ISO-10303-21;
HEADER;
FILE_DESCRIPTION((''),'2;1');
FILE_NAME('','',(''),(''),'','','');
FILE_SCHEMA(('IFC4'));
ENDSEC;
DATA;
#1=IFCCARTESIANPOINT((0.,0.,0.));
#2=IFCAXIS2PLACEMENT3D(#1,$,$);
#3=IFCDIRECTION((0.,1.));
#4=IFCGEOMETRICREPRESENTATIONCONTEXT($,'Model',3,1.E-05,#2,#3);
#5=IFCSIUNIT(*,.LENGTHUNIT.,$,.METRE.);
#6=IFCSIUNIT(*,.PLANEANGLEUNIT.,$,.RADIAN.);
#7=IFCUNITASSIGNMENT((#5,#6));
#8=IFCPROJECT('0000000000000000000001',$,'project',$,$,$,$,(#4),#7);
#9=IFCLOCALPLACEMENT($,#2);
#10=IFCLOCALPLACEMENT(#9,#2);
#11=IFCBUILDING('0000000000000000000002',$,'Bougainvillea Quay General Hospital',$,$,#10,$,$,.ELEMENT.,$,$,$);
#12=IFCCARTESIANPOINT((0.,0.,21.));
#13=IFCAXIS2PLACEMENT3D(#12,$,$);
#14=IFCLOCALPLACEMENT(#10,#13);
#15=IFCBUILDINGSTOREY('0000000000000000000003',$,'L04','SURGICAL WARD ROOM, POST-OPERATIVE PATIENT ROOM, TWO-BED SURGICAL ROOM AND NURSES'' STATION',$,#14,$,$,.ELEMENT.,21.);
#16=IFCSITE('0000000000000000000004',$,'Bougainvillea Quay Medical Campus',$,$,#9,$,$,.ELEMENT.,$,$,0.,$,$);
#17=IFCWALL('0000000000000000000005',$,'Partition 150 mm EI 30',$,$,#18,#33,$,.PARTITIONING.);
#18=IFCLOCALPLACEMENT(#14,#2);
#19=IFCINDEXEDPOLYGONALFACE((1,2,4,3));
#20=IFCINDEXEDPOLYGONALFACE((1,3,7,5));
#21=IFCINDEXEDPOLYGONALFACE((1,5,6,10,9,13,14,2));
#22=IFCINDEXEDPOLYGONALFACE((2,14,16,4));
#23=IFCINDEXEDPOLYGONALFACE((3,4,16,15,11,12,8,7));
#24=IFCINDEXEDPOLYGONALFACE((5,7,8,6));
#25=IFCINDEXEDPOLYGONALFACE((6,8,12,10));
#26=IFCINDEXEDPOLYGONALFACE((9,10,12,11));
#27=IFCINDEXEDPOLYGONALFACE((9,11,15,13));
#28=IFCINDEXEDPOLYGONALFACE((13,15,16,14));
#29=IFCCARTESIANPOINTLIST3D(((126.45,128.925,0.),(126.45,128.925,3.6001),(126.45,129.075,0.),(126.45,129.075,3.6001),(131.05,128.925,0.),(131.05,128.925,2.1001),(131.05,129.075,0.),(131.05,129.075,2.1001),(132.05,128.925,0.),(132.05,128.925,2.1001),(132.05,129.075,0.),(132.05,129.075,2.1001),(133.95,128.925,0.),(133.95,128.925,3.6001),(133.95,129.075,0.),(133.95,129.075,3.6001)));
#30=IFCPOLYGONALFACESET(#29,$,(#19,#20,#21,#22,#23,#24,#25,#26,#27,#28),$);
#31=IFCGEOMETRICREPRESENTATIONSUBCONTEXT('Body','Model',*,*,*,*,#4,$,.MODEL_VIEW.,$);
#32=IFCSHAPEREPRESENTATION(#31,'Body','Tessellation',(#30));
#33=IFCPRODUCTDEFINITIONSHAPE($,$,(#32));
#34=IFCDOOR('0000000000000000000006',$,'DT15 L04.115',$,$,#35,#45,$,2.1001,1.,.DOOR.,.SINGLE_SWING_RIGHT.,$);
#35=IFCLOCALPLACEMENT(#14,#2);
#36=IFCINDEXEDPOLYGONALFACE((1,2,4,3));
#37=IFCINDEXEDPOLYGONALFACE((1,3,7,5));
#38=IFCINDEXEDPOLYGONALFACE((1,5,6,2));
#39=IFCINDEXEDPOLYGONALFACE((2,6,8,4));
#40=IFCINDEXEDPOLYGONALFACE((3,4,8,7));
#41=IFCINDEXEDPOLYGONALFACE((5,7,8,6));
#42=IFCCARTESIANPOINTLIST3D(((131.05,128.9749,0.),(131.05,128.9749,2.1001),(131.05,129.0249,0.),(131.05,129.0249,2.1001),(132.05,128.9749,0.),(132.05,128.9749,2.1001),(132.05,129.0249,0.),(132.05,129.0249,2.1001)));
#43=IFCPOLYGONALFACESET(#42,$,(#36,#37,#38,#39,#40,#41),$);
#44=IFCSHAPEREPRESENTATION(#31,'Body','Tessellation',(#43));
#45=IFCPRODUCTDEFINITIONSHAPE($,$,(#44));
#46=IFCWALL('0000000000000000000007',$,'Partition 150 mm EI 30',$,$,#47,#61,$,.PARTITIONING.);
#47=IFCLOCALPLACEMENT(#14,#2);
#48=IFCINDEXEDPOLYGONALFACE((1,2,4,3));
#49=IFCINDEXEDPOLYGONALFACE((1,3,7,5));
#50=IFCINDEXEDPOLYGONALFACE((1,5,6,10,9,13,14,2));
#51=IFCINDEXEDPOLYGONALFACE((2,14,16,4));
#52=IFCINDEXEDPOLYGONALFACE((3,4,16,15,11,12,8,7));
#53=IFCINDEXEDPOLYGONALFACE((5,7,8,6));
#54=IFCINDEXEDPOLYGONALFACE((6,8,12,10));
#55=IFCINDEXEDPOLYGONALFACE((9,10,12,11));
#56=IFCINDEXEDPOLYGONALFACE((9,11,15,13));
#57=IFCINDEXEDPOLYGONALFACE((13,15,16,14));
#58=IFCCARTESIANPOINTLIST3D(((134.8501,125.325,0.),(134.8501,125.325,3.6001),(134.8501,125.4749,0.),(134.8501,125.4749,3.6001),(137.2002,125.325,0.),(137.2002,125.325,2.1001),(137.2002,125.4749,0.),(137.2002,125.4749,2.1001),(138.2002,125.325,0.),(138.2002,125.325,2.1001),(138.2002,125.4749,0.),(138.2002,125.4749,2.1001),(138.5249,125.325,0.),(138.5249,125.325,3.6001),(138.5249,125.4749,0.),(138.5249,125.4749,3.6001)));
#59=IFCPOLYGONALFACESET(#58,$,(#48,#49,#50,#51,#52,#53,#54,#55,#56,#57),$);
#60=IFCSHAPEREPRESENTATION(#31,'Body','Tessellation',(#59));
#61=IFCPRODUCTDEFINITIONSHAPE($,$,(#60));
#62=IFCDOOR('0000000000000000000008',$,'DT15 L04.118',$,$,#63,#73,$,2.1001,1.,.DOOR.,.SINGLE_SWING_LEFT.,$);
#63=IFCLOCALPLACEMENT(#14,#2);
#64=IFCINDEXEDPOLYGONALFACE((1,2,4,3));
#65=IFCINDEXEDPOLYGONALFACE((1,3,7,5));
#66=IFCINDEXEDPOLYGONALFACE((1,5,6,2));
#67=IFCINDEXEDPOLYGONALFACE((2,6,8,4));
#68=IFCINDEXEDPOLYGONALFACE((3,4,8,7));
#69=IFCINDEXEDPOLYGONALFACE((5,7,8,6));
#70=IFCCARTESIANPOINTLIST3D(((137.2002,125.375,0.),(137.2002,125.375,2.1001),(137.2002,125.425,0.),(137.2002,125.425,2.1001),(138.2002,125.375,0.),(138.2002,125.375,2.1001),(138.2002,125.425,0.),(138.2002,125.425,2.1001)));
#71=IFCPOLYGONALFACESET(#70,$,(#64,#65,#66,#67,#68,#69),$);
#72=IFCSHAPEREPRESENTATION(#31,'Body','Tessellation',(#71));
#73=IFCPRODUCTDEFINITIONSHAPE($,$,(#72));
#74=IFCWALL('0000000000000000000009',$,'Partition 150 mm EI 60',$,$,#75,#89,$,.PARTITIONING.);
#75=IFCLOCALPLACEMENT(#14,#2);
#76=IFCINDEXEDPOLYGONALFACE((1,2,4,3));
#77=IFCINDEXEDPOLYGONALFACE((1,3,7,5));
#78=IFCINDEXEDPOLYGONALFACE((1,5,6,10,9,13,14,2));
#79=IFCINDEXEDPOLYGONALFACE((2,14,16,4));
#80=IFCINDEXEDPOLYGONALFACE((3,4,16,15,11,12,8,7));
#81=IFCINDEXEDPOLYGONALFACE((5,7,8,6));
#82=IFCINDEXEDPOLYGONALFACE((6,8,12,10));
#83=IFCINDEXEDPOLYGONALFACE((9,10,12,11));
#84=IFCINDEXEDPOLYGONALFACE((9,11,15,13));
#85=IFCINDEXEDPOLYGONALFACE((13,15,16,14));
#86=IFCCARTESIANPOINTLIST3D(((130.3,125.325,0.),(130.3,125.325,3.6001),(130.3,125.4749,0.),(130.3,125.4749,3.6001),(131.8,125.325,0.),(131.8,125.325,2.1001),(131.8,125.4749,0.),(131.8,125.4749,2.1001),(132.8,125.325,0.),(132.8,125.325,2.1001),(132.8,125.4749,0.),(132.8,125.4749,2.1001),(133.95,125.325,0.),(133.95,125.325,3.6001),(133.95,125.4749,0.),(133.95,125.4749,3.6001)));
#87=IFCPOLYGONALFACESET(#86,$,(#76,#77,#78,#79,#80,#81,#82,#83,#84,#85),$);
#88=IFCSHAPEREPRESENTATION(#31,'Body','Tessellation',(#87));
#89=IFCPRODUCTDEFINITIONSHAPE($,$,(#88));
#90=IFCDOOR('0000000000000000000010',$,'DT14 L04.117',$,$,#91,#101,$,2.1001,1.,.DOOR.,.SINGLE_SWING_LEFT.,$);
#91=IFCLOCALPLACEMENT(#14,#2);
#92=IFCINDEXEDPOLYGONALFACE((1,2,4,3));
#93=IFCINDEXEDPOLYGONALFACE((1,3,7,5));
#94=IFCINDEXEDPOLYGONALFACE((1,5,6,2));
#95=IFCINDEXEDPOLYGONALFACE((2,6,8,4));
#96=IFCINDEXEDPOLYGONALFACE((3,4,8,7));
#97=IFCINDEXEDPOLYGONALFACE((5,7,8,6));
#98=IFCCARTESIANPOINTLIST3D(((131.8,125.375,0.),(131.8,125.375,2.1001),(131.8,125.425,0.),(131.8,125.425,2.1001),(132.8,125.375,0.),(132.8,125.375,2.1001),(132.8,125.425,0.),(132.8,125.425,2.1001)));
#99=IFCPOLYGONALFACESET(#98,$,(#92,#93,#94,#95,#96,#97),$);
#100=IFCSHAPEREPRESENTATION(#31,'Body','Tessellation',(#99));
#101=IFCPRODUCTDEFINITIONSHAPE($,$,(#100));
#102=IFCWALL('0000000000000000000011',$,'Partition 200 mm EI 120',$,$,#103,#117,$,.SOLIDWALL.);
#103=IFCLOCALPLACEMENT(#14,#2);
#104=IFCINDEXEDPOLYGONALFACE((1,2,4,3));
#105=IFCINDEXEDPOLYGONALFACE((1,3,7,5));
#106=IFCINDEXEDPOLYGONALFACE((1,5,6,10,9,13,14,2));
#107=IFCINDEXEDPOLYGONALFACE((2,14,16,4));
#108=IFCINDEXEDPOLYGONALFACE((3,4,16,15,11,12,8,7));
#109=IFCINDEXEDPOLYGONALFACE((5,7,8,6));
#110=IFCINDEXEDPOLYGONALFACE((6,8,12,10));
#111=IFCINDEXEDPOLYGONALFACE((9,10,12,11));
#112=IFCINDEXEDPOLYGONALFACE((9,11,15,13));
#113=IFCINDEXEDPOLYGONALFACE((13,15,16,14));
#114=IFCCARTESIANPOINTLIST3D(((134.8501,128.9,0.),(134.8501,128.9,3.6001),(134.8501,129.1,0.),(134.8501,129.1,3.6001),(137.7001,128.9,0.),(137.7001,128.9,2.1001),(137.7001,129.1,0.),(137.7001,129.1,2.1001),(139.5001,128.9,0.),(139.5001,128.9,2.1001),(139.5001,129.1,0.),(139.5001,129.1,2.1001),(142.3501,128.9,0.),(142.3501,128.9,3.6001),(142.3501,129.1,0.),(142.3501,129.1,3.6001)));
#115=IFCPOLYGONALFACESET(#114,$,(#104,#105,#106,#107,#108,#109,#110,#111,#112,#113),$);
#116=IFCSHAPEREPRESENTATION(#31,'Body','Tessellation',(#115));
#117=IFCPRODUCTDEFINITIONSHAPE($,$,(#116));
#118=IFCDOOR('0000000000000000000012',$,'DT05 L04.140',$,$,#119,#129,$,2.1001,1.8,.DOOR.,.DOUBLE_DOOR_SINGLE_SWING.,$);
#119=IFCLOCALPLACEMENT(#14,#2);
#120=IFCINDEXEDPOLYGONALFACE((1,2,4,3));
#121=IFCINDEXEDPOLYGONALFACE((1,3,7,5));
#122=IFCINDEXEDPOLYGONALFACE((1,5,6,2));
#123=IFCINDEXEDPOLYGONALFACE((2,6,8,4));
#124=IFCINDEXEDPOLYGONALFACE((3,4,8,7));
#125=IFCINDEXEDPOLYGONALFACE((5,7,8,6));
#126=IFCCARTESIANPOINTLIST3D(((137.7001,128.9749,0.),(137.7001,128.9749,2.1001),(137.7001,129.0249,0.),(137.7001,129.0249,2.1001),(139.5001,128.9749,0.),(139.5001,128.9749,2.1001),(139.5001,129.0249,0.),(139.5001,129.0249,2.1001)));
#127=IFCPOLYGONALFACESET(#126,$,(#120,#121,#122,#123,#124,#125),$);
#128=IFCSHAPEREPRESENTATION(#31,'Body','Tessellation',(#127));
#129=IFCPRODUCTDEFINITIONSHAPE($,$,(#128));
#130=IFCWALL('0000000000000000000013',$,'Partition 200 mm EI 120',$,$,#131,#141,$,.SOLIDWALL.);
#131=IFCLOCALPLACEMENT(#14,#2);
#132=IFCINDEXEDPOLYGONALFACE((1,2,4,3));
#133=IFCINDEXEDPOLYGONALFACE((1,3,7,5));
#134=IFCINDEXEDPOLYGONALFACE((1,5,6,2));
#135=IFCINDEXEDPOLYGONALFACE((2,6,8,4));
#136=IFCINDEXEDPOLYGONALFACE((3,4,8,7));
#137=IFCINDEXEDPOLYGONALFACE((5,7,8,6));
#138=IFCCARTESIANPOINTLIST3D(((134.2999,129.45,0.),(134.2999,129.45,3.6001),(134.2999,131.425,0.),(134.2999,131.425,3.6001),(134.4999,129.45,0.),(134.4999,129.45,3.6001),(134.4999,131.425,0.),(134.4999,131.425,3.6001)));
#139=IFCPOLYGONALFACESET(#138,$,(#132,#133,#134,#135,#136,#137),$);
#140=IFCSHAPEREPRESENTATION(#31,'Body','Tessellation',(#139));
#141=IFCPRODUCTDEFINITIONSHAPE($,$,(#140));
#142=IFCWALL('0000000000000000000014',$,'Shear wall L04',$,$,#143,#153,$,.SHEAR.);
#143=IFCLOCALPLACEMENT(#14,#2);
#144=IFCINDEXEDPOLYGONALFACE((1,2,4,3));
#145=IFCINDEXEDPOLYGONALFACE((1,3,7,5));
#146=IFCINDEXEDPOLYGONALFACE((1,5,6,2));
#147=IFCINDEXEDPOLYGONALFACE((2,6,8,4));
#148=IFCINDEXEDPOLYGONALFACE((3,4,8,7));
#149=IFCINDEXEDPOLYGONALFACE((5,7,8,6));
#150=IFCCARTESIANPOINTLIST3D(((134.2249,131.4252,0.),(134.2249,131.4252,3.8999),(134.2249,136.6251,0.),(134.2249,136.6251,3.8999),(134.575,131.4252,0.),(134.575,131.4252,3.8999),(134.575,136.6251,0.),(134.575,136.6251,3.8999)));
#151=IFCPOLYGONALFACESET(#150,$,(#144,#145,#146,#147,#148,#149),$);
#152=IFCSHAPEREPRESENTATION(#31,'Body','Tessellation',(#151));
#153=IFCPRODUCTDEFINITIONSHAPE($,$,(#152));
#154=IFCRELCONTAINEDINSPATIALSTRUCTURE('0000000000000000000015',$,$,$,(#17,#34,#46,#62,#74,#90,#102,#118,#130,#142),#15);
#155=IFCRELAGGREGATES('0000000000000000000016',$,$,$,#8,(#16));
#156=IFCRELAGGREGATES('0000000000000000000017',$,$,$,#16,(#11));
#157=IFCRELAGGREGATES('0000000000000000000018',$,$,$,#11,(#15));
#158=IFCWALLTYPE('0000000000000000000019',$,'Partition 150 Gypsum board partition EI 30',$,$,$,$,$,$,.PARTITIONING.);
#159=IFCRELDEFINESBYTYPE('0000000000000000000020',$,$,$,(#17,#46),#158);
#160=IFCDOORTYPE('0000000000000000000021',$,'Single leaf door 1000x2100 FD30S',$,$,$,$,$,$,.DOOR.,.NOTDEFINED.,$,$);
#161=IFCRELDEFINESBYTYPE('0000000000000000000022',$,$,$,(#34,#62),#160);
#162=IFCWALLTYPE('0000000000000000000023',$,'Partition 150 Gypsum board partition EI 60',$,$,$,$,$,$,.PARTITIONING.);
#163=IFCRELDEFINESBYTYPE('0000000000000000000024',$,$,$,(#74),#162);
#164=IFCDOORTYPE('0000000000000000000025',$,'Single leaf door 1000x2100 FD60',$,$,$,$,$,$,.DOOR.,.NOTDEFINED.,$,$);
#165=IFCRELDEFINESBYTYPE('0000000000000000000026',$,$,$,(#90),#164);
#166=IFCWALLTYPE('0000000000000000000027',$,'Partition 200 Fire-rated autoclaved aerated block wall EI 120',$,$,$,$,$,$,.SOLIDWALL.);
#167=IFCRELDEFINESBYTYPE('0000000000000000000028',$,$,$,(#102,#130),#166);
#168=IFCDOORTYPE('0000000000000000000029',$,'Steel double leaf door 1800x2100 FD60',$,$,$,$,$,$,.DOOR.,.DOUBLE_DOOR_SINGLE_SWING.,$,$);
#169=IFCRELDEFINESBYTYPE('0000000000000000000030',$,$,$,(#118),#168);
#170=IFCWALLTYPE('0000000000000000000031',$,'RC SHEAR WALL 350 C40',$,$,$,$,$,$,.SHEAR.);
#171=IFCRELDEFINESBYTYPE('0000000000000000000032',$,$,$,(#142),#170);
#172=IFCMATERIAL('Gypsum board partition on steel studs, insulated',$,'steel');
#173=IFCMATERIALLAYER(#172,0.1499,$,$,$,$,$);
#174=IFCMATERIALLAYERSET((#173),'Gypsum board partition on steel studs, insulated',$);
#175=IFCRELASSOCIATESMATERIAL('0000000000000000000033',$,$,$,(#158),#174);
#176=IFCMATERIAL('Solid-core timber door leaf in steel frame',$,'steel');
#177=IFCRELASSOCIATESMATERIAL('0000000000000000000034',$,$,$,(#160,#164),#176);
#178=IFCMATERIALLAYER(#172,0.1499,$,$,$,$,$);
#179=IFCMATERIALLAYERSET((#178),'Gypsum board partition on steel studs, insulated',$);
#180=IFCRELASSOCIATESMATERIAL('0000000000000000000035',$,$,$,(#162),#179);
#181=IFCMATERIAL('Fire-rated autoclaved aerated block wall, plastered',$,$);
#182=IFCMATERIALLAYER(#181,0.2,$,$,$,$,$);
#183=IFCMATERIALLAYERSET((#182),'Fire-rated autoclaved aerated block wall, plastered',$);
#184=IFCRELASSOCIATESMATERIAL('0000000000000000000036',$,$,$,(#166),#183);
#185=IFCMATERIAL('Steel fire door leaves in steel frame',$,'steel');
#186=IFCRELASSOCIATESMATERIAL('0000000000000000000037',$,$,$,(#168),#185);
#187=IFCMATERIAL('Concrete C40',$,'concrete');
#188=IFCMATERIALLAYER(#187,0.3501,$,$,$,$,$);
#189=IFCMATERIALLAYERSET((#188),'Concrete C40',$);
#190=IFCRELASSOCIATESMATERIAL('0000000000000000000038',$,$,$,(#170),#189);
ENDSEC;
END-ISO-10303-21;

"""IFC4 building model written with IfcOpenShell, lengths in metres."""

from ifc_helpers import new_model, si_unit, direction, frame, frame_2d, origin, place, context, subcontext, project, spatial, rectangle, extrude, material, layer, layer_set, type_object, element, fill, save


model = new_model("IFC4")

# Units and contexts
model_context = context("Model", 3, precision=1e-05, world=origin(), true_north=direction((0.0, 1.0)))
body_context = subcontext(model_context, "Body", "Model", "MODEL_VIEW")
ifc_project = project(units=[si_unit("LENGTHUNIT", "METRE"), si_unit("PLANEANGLEUNIT", "RADIAN")], contexts=[model_context])

# Site, building, storey
site_placement = place(None, origin())
site = spatial("IfcSite", under=ifc_project, at=site_placement, Name="Bougainvillea Quay Medical Campus", CompositionType="ELEMENT", RefElevation=0.0)
building_placement = place(site_placement, origin())
building = spatial("IfcBuilding", under=site, at=building_placement, Name="Bougainvillea Quay General Hospital", CompositionType="ELEMENT")
storey_placement = place(building_placement, frame((0.0, 0.0, 21.0)))
storey = spatial("IfcBuildingStorey", under=building, at=storey_placement, Name="L04", Description="SURGICAL WARD ROOM, POST-OPERATIVE PATIENT ROOM, TWO-BED SURGICAL ROOM AND NURSES' STATION", CompositionType="ELEMENT", Elevation=21.0)

# Shared definitions
ifc_material_1 = material(Name="Concrete C40", Category="concrete")

# Walls, openings, doors
ifc_material_2 = material(Name="Gypsum board partition on steel studs, insulated", Category="steel")
ifc_material_3 = material(Name="Solid-core timber door leaf in steel frame", Category="steel")
ifc_layer_1 = layer(ifc_material_2, 0.1499)
ifc_layer_set_1 = layer_set([ifc_layer_1], Name="Gypsum board partition on steel studs, insulated")
wall_type_1 = type_object("IfcWallType", Name="Partition 150 Gypsum board partition EI 30", PredefinedType="PARTITIONING", material=ifc_layer_set_1)
wall_1_placement = place(storey_placement, frame((133.95, 129.0, 0.0), z_axis=(0.0, 0.0, 1.0), x_axis=(-1.0, 0.0, 0.0)))
wall_1 = element("IfcWall", 1, at=wall_1_placement, inside=storey, type_object=wall_type_1, Name="Partition 150 mm EI 30", PredefinedType="PARTITIONING", context=body_context, shape_type="SweptSolid", body=[
    extrude(rectangle(XDim=7.5, YDim=0.1499, at=frame_2d((3.75, 0.0))), origin(), (0.0, 0.0, 1.0), 3.6001),
])
opening_1_placement = place(wall_1_placement, frame((1.8999, 0.0, 0.0)))
opening_1 = element("IfcOpeningElement", 2, at=opening_1_placement, cuts=wall_1, PredefinedType="OPENING", context=body_context, shape_type="SweptSolid", body=[
    extrude(rectangle(XDim=1.0, YDim=2.1001, at=frame_2d((0.5, 1.05))), frame((0.0, 0.085, 0.0), z_axis=(0.0, -1.0, 0.0), x_axis=(1.0, 0.0, 0.0)), (0.0, 0.0, 1.0), 0.1699),
])
door_type_1 = type_object("IfcDoorType", Name="Single leaf door 1000x2100 FD30S", OperationType="NOTDEFINED", PredefinedType="DOOR", material=ifc_material_3)
door_1_placement = place(opening_1_placement, frame((1.0, 0.0, 0.0), z_axis=(0.0, 0.0, 1.0), x_axis=(-1.0, 0.0, 0.0)))
door_1 = element("IfcDoor", 3, at=door_1_placement, inside=storey, type_object=door_type_1, Name="DT15 L04.115", OperationType="SINGLE_SWING_RIGHT", OverallHeight=2.1001, OverallWidth=1.0, PredefinedType="DOOR", context=body_context, shape_type="SweptSolid", body=[
    extrude(rectangle(XDim=1.0, YDim=2.1001, at=frame_2d((0.5, 1.05))), frame((0.0, 0.0249, 0.0), z_axis=(0.0, -1.0, 0.0), x_axis=(1.0, 0.0, 0.0)), (0.0, 0.0, 1.0), 0.05),
])
fill(opening_1, door_1)
wall_2_placement = place(storey_placement, frame((134.8501, 125.3999, 0.0), z_axis=(0.0, 0.0, 1.0), x_axis=(1.0, 0.0, 0.0)))
wall_2 = element("IfcWall", 4, at=wall_2_placement, inside=storey, type_object=wall_type_1, Name="Partition 150 mm EI 30", PredefinedType="PARTITIONING", context=body_context, shape_type="SweptSolid", body=[
    extrude(rectangle(XDim=3.6748, YDim=0.1499, at=frame_2d((1.8374, 0.0))), origin(), (0.0, 0.0, 1.0), 3.6001),
])
opening_2_placement = place(wall_2_placement, frame((2.3501, 0.0, 0.0)))
opening_2 = element("IfcOpeningElement", 5, at=opening_2_placement, cuts=wall_2, PredefinedType="OPENING", context=body_context, shape_type="SweptSolid", body=[
    extrude(rectangle(XDim=1.0, YDim=2.1001, at=frame_2d((0.5, 1.05))), frame((0.0, 0.085, 0.0), z_axis=(0.0, -1.0, 0.0), x_axis=(1.0, 0.0, 0.0)), (0.0, 0.0, 1.0), 0.1699),
])
door_2_placement = place(opening_2_placement, frame((1.0, 0.0, 0.0), z_axis=(0.0, 0.0, 1.0), x_axis=(-1.0, 0.0, 0.0)))
door_2 = element("IfcDoor", 6, at=door_2_placement, inside=storey, type_object=door_type_1, Name="DT15 L04.118", OperationType="SINGLE_SWING_LEFT", OverallHeight=2.1001, OverallWidth=1.0, PredefinedType="DOOR", context=body_context, shape_type="SweptSolid", body=[
    extrude(rectangle(XDim=1.0, YDim=2.1001, at=frame_2d((0.5, 1.05))), frame((0.0, 0.0249, 0.0), z_axis=(0.0, -1.0, 0.0), x_axis=(1.0, 0.0, 0.0)), (0.0, 0.0, 1.0), 0.05),
])
fill(opening_2, door_2)
ifc_layer_2 = layer(ifc_material_2, 0.1499)
ifc_layer_set_2 = layer_set([ifc_layer_2], Name="Gypsum board partition on steel studs, insulated")
wall_type_2 = type_object("IfcWallType", Name="Partition 150 Gypsum board partition EI 60", PredefinedType="PARTITIONING", material=ifc_layer_set_2)
wall_3_placement = place(storey_placement, frame((130.3, 125.3999, 0.0), z_axis=(0.0, 0.0, 1.0), x_axis=(1.0, 0.0, 0.0)))
wall_3 = element("IfcWall", 7, at=wall_3_placement, inside=storey, type_object=wall_type_2, Name="Partition 150 mm EI 60", PredefinedType="PARTITIONING", context=body_context, shape_type="SweptSolid", body=[
    extrude(rectangle(XDim=3.6499, YDim=0.1499, at=frame_2d((1.825, 0.0))), origin(), (0.0, 0.0, 1.0), 3.6001),
])
opening_3_placement = place(wall_3_placement, frame((1.5, 0.0, 0.0)))
opening_3 = element("IfcOpeningElement", 8, at=opening_3_placement, cuts=wall_3, PredefinedType="OPENING", context=body_context, shape_type="SweptSolid", body=[
    extrude(rectangle(XDim=1.0, YDim=2.1001, at=frame_2d((0.5, 1.05))), frame((0.0, 0.085, 0.0), z_axis=(0.0, -1.0, 0.0), x_axis=(1.0, 0.0, 0.0)), (0.0, 0.0, 1.0), 0.1699),
])
door_type_2 = type_object("IfcDoorType", Name="Single leaf door 1000x2100 FD60", OperationType="NOTDEFINED", PredefinedType="DOOR", material=ifc_material_3)
door_3_placement = place(opening_3_placement, frame((1.0, 0.0, 0.0), z_axis=(0.0, 0.0, 1.0), x_axis=(-1.0, 0.0, 0.0)))
door_3 = element("IfcDoor", 9, at=door_3_placement, inside=storey, type_object=door_type_2, Name="DT14 L04.117", OperationType="SINGLE_SWING_LEFT", OverallHeight=2.1001, OverallWidth=1.0, PredefinedType="DOOR", context=body_context, shape_type="SweptSolid", body=[
    extrude(rectangle(XDim=1.0, YDim=2.1001, at=frame_2d((0.5, 1.05))), frame((0.0, 0.0249, 0.0), z_axis=(0.0, -1.0, 0.0), x_axis=(1.0, 0.0, 0.0)), (0.0, 0.0, 1.0), 0.05),
])
fill(opening_3, door_3)
ifc_material_4 = material(Name="Fire-rated autoclaved aerated block wall, plastered")
ifc_layer_3 = layer(ifc_material_4, 0.2)
ifc_layer_set_3 = layer_set([ifc_layer_3], Name="Fire-rated autoclaved aerated block wall, plastered")
wall_type_3 = type_object("IfcWallType", Name="Partition 200 Fire-rated autoclaved aerated block wall EI 120", PredefinedType="SOLIDWALL", material=ifc_layer_set_3)
wall_4_placement = place(storey_placement, frame((134.8501, 129.0, 0.0), z_axis=(0.0, 0.0, 1.0), x_axis=(1.0, 0.0, 0.0)))
wall_4 = element("IfcWall", 10, at=wall_4_placement, inside=storey, type_object=wall_type_3, Name="Partition 200 mm EI 120", PredefinedType="SOLIDWALL", context=body_context, shape_type="SweptSolid", body=[
    extrude(rectangle(XDim=7.5, YDim=0.2, at=frame_2d((3.75, 0.0))), origin(), (0.0, 0.0, 1.0), 3.6001),
])
opening_4_placement = place(wall_4_placement, frame((2.8501, 0.0, 0.0)))
opening_4 = element("IfcOpeningElement", 11, at=opening_4_placement, cuts=wall_4, PredefinedType="OPENING", context=body_context, shape_type="SweptSolid", body=[
    extrude(rectangle(XDim=1.8, YDim=2.1001, at=frame_2d((0.8999, 1.05))), frame((0.0, 0.1099, 0.0), z_axis=(0.0, -1.0, 0.0), x_axis=(1.0, 0.0, 0.0)), (0.0, 0.0, 1.0), 0.22),
])
ifc_material_5 = material(Name="Steel fire door leaves in steel frame", Category="steel")
door_type_3 = type_object("IfcDoorType", Name="Steel double leaf door 1800x2100 FD60", OperationType="DOUBLE_DOOR_SINGLE_SWING", PredefinedType="DOOR", material=ifc_material_5)
door_4_placement = place(opening_4_placement, origin())
door_4 = element("IfcDoor", 12, at=door_4_placement, inside=storey, type_object=door_type_3, Name="DT05 L04.140", OperationType="DOUBLE_DOOR_SINGLE_SWING", OverallHeight=2.1001, OverallWidth=1.8, PredefinedType="DOOR", context=body_context, shape_type="SweptSolid", body=[
    extrude(rectangle(XDim=1.8, YDim=2.1001, at=frame_2d((0.8999, 1.05))), frame((0.0, 0.0249, 0.0), z_axis=(0.0, -1.0, 0.0), x_axis=(1.0, 0.0, 0.0)), (0.0, 0.0, 1.0), 0.05),
])
fill(opening_4, door_4)

# Walls
wall_5_placement = place(storey_placement, frame((134.3999, 129.45, 0.0), z_axis=(0.0, 0.0, 1.0), x_axis=(0.0, 1.0, 0.0)))
element("IfcWall", 13, at=wall_5_placement, inside=storey, type_object=wall_type_3, Name="Partition 200 mm EI 120", PredefinedType="SOLIDWALL", context=body_context, shape_type="SweptSolid", body=[
    extrude(rectangle(XDim=1.9751, YDim=0.2, at=frame_2d((0.9875, 0.0))), origin(), (0.0, 0.0, 1.0), 3.6001),
])
ifc_layer_4 = layer(ifc_material_1, 0.3501)
ifc_layer_set_4 = layer_set([ifc_layer_4], Name="Concrete C40")
wall_type_4 = type_object("IfcWallType", Name="RC SHEAR WALL 350 C40", PredefinedType="SHEAR", material=ifc_layer_set_4)
wall_6_placement = place(storey_placement, frame((134.3999, 131.425, 0.0), z_axis=(0.0, 0.0, 1.0), x_axis=(0.0, 1.0, 0.0)))
element("IfcWall", 14, at=wall_6_placement, inside=storey, type_object=wall_type_4, Name="Shear wall L04", PredefinedType="SHEAR", context=body_context, shape_type="SweptSolid", body=[
    extrude(rectangle(XDim=5.2, YDim=0.3501, at=frame_2d((2.6001, 0.0))), origin(), (0.0, 0.0, 1.0), 3.8999),
])

save(model, "model.ifc")
